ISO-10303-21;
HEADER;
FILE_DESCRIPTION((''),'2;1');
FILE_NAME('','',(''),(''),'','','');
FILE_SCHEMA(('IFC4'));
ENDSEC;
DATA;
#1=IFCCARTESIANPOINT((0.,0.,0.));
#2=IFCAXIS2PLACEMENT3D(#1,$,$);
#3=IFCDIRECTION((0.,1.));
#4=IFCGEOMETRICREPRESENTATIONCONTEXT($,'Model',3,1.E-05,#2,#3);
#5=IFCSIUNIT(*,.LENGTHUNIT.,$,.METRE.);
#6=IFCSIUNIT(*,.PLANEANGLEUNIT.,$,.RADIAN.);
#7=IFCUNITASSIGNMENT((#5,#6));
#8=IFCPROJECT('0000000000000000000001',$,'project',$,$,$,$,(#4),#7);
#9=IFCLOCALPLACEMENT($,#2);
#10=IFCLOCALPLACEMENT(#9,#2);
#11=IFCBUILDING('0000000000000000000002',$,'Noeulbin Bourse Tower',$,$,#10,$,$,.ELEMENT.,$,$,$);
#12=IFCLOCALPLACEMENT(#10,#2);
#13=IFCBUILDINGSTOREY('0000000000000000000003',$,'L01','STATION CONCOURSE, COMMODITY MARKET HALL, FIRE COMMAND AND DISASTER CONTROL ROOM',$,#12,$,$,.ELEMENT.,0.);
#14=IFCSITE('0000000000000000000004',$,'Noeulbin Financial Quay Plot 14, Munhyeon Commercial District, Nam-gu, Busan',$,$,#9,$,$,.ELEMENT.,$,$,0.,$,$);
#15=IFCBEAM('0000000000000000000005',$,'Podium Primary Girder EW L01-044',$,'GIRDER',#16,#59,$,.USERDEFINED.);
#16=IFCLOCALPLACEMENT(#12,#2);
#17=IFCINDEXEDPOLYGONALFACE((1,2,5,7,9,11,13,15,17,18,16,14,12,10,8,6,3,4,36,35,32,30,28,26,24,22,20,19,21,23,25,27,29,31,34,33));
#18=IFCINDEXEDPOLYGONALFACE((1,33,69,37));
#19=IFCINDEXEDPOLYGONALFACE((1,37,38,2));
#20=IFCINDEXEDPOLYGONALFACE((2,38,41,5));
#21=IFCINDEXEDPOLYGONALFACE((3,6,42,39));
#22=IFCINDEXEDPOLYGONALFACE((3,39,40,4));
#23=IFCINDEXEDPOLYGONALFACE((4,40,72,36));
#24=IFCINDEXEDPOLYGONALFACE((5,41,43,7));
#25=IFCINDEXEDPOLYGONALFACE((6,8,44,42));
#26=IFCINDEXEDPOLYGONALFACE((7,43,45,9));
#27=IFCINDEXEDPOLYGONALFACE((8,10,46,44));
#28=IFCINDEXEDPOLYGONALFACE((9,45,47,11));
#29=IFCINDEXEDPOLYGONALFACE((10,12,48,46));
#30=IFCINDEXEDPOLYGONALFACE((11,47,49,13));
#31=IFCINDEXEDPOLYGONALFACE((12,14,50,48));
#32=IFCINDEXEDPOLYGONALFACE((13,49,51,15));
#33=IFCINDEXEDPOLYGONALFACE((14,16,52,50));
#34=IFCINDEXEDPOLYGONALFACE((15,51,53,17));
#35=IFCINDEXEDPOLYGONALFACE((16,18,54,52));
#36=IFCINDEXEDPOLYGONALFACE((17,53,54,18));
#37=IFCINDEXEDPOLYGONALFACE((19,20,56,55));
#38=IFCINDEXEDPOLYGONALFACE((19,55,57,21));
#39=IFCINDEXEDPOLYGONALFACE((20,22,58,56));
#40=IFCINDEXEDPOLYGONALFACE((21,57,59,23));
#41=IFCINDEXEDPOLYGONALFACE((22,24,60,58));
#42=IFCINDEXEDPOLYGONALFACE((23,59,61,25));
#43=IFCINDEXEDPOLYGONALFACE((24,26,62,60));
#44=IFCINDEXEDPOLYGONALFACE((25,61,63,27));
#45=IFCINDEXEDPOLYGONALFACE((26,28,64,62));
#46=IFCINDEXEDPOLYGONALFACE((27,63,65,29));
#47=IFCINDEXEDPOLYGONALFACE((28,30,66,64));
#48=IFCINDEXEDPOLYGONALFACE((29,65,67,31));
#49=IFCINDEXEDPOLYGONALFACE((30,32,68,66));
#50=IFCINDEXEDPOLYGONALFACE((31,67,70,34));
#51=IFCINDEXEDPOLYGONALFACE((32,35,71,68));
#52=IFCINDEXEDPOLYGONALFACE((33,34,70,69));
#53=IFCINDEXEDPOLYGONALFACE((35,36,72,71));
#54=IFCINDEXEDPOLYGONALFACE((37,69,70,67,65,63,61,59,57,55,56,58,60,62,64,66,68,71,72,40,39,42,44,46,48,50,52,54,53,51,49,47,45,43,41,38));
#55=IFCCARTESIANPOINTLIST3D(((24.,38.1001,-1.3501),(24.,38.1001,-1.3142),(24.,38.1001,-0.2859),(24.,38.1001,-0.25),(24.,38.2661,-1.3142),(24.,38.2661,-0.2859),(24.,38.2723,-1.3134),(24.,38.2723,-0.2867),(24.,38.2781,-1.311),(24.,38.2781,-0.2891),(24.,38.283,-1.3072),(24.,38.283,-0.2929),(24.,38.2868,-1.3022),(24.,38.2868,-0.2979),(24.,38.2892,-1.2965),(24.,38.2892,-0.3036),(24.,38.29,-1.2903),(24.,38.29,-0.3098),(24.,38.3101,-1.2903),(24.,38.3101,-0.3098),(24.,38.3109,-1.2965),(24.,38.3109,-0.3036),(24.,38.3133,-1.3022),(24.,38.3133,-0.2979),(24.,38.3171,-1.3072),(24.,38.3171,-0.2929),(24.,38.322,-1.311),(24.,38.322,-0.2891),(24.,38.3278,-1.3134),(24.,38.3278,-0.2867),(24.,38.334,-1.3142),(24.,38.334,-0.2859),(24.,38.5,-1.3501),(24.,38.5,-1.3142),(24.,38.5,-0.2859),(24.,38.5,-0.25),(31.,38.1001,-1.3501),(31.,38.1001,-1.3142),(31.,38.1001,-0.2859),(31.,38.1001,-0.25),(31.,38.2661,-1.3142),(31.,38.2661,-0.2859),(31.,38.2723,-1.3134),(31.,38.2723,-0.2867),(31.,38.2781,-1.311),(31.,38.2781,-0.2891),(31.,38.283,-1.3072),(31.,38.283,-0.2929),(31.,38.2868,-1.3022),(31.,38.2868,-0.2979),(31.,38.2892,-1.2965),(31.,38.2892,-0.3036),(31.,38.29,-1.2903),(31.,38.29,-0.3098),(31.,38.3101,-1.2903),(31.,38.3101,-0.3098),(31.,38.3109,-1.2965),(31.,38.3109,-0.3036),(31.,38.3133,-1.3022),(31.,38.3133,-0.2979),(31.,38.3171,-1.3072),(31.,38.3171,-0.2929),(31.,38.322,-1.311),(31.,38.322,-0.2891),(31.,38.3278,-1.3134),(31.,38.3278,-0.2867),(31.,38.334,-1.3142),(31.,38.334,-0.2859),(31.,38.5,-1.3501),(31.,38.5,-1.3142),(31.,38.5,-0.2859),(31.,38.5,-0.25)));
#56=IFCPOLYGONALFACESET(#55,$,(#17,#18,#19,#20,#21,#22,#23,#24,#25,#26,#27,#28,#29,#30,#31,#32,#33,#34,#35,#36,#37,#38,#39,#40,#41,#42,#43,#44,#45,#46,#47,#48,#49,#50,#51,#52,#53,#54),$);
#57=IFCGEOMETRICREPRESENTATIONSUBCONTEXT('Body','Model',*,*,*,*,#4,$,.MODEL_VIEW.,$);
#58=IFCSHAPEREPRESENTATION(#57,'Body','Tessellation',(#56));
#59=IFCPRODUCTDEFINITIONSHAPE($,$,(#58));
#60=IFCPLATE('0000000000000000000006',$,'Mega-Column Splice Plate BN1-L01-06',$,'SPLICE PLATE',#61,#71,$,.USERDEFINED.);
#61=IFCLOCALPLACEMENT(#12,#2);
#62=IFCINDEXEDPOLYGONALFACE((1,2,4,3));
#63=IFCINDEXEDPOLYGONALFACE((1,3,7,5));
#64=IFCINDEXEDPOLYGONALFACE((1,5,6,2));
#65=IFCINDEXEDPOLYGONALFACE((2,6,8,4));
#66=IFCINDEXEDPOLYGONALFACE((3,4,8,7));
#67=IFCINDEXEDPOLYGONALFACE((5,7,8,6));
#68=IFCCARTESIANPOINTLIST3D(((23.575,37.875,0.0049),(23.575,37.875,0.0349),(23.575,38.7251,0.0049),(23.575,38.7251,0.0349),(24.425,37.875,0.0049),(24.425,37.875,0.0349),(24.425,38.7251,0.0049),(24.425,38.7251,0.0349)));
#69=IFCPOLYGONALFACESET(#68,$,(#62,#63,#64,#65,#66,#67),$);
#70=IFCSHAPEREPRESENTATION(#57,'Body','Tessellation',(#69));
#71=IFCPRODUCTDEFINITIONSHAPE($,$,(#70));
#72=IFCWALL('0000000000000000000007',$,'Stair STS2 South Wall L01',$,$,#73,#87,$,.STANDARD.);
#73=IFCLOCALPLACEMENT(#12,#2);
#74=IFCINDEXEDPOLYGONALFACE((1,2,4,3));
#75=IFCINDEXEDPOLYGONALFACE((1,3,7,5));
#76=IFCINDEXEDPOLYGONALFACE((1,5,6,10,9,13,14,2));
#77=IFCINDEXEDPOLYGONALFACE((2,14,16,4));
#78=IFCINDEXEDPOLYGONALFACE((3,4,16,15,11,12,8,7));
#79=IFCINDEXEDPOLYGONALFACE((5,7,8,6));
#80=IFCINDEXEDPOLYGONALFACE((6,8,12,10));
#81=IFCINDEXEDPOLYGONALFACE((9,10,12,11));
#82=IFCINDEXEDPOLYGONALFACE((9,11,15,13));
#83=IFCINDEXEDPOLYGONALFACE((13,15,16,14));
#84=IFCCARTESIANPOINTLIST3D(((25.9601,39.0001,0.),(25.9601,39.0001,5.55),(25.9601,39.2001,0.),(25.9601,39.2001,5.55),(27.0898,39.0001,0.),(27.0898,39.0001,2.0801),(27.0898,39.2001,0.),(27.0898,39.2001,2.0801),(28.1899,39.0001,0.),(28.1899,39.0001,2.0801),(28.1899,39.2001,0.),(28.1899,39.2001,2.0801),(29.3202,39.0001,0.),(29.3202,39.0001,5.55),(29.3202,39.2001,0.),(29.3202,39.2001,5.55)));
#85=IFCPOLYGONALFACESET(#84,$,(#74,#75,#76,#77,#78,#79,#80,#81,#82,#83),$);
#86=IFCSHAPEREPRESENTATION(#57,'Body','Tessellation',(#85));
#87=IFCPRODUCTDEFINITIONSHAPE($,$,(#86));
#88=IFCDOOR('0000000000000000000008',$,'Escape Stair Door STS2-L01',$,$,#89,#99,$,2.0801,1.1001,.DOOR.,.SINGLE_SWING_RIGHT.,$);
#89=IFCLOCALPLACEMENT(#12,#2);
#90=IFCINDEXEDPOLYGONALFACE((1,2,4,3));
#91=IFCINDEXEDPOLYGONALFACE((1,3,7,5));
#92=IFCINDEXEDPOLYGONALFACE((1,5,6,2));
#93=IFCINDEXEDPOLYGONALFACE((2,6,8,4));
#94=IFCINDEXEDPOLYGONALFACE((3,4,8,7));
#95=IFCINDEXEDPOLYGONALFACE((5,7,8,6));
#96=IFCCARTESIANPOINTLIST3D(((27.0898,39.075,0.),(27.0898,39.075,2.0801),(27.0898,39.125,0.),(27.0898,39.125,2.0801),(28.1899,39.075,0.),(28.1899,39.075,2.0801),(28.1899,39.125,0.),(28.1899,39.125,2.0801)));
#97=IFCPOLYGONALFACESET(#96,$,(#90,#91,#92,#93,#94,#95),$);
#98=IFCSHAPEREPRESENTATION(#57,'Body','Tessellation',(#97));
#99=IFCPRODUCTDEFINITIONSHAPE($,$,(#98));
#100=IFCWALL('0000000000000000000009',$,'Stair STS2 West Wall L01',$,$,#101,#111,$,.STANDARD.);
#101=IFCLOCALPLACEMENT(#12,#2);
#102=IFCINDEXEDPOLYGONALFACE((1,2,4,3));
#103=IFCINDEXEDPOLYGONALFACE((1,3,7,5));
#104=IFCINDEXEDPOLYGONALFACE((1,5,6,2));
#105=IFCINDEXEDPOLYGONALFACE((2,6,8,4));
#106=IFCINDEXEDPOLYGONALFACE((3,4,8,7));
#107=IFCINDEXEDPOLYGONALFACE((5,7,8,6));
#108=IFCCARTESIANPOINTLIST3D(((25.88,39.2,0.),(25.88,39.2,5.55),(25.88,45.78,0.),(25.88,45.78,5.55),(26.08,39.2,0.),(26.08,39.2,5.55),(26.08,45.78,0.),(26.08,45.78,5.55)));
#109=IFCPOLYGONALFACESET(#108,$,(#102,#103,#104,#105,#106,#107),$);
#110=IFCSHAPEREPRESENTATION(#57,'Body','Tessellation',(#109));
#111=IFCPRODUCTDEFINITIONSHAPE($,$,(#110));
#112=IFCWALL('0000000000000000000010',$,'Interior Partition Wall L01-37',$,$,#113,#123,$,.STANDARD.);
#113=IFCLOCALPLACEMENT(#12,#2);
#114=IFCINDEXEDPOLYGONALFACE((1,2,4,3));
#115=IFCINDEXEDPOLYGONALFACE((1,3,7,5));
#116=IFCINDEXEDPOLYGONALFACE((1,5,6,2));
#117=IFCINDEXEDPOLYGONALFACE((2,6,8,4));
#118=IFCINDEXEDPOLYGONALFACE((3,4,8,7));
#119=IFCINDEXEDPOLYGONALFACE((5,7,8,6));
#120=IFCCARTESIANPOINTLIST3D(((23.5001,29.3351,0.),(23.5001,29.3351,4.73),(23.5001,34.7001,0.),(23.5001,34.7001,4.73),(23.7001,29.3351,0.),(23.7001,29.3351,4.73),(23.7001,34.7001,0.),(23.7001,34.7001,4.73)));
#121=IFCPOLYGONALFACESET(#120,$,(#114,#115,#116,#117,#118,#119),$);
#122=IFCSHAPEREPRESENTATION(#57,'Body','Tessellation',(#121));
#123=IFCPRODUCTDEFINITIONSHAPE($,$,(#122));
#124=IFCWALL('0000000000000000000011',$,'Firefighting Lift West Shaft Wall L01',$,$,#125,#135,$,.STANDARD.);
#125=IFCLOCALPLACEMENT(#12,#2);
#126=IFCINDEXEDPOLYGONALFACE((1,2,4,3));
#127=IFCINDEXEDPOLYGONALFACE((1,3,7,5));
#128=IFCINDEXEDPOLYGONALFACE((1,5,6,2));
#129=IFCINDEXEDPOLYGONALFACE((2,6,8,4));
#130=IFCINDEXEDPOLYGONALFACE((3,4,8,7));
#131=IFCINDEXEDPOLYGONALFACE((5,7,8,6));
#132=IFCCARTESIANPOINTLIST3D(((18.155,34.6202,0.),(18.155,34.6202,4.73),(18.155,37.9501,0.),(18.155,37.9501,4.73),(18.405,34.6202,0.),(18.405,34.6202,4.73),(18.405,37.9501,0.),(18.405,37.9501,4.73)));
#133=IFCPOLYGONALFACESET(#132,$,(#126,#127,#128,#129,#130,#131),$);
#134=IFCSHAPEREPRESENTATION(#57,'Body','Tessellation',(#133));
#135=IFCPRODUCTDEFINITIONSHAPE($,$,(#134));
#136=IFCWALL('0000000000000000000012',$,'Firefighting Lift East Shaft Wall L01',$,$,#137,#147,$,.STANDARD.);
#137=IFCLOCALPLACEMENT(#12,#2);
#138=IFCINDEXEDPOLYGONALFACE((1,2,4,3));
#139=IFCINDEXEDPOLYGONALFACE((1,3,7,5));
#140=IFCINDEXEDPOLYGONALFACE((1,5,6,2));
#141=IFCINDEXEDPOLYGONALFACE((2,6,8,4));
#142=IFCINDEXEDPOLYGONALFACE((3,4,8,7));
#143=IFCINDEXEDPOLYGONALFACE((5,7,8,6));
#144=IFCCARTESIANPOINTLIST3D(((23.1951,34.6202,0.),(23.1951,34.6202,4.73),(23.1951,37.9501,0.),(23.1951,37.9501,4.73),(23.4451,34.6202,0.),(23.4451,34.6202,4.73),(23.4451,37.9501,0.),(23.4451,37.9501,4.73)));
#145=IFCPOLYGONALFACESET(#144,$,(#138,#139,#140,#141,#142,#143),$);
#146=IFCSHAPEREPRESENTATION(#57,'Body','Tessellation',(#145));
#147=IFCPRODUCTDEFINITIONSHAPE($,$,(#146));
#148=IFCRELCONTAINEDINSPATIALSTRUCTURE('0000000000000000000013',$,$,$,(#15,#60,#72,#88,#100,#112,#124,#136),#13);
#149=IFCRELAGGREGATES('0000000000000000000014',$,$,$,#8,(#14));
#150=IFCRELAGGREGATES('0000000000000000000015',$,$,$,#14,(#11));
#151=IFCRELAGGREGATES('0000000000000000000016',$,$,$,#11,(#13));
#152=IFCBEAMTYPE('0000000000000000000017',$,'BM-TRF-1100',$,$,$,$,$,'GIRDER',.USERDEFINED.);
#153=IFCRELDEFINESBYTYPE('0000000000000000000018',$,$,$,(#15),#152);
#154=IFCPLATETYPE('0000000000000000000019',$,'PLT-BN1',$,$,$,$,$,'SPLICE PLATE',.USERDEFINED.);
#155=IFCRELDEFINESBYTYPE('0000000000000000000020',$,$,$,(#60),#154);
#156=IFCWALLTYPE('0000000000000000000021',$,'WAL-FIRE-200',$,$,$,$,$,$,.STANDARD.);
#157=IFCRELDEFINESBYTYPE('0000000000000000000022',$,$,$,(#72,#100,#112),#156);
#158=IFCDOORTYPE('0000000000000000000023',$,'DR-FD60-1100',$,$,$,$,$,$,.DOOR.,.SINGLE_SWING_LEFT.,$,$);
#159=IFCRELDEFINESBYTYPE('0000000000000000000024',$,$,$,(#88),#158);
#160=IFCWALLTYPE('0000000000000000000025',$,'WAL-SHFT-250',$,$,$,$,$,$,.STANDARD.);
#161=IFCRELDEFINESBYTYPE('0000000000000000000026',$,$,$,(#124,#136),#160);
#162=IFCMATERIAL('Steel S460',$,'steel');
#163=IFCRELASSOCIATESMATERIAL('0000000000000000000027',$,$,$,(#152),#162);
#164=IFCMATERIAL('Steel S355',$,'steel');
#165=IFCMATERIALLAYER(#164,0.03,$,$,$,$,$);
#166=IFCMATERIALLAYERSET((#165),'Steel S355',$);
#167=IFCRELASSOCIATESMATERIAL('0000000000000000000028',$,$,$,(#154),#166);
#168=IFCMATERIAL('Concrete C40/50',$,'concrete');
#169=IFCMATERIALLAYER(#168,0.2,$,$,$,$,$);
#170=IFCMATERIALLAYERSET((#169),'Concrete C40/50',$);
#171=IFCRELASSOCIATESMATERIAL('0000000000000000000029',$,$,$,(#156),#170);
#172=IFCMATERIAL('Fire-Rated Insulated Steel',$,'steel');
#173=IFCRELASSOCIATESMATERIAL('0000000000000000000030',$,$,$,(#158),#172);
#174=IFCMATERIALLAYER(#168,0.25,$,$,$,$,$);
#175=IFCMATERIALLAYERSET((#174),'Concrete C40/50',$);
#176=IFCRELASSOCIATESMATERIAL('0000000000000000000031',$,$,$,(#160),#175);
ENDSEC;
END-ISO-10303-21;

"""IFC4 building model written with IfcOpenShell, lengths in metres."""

from ifc_helpers import new_model, si_unit, direction, frame, frame_2d, origin, origin_2d, place, context, subcontext, project, spatial, rectangle, i_section, extrude, material, layer, layer_set, material_profile, profile_set, type_object, element, fill, save


model = new_model("IFC4")

# Units and contexts
model_context = context("Model", 3, precision=1e-05, world=origin(), true_north=direction((0.0, 1.0)))
body_context = subcontext(model_context, "Body", "Model", "MODEL_VIEW")
ifc_project = project(units=[si_unit("LENGTHUNIT", "METRE"), si_unit("PLANEANGLEUNIT", "RADIAN")], contexts=[model_context])

# Site, building, storey
site_placement = place(None, origin())
site = spatial("IfcSite", under=ifc_project, at=site_placement, Name="Noeulbin Financial Quay Plot 14, Munhyeon Commercial District, Nam-gu, Busan", CompositionType="ELEMENT", RefElevation=0.0)
building_placement = place(site_placement, origin())
building = spatial("IfcBuilding", under=site, at=building_placement, Name="Noeulbin Bourse Tower", CompositionType="ELEMENT")
storey_placement = place(building_placement, origin())
storey = spatial("IfcBuildingStorey", under=building, at=storey_placement, Name="L01", Description="STATION CONCOURSE, COMMODITY MARKET HALL, FIRE COMMAND AND DISASTER CONTROL ROOM", CompositionType="ELEMENT", Elevation=0.0)

# Shared definitions
ifc_material_1 = material(Name="Steel S460", Category="steel")

# Beam
ifc_material_2 = material(Name="Steel S355", Category="steel")
ifc_material_profile_1 = material_profile(ifc_material_1, i_section(OverallWidth=0.3999, OverallDepth=1.1001, WebThickness=0.02, FlangeThickness=0.0359, FilletRadius=0.0239, at=origin_2d()), Name="PG-1100x400x20x36", Category="LoadBearing")
ifc_profile_set_1 = profile_set([ifc_material_profile_1], Name="Steel S460")
beam_type_1 = type_object("IfcBeamType", Name="BM-TRF-1100", ElementType="GIRDER", PredefinedType="USERDEFINED", material=ifc_profile_set_1)
beam_1_placement = place(storey_placement, frame((24.0, 38.3, -0.8), z_axis=(1.0, 0.0, 0.0), x_axis=(0.0, 1.0, 0.0)))
element("IfcBeam", 1, at=beam_1_placement, inside=storey, type_object=beam_type_1, Name="Podium Primary Girder EW L01-044", ObjectType="GIRDER", PredefinedType="USERDEFINED", context=body_context, shape_type="SweptSolid", body=[
    extrude(i_section(OverallWidth=0.3999, OverallDepth=1.1001, WebThickness=0.02, FlangeThickness=0.0359, FilletRadius=0.0239, at=origin_2d()), origin(), (0.0, 0.0, 1.0), 7.0),
])

# Plate
ifc_layer_1 = layer(ifc_material_2, 0.03)
ifc_layer_set_1 = layer_set([ifc_layer_1], Name="Steel S355")
plate_type = type_object("IfcPlateType", Name="PLT-BN1", ElementType="SPLICE PLATE", PredefinedType="USERDEFINED", material=ifc_layer_set_1)
plate_placement = place(storey_placement, frame((24.0, 38.3, 0.0049), z_axis=(0.0, 0.0, 1.0), x_axis=(1.0, 0.0, 0.0)))
element("IfcPlate", 2, at=plate_placement, inside=storey, type_object=plate_type, Name="Mega-Column Splice Plate BN1-L01-06", ObjectType="SPLICE PLATE", PredefinedType="USERDEFINED", context=body_context, shape_type="SweptSolid", body=[
    extrude(rectangle(XDim=0.8501, YDim=0.8501, at=origin_2d()), origin(), (0.0, 0.0, 1.0), 0.03),
])

# Wall, opening, door
ifc_material_3 = material(Name="Concrete C40/50", Category="concrete")
ifc_layer_2 = layer(ifc_material_3, 0.2)
ifc_layer_set_2 = layer_set([ifc_layer_2], Name="Concrete C40/50")
wall_type_1 = type_object("IfcWallType", Name="WAL-FIRE-200", PredefinedType="STANDARD", material=ifc_layer_set_2)
wall_1_placement = place(storey_placement, frame((25.96, 39.1001, 0.0), z_axis=(0.0, 0.0, 1.0), x_axis=(1.0, 0.0, 0.0)))
wall_1 = element("IfcWall", 3, at=wall_1_placement, inside=storey, type_object=wall_type_1, Name="Stair STS2 South Wall L01", PredefinedType="STANDARD", context=body_context, shape_type="SweptSolid", body=[
    extrude(rectangle(XDim=3.3601, YDim=0.2, at=frame_2d((1.6802, 0.0))), origin(), (0.0, 0.0, 1.0), 5.55),
])
opening_1_placement = place(wall_1_placement, frame((1.1299, 0.0, 0.0)))
opening_1 = element("IfcOpeningElement", 4, at=opening_1_placement, cuts=wall_1, PredefinedType="OPENING", context=body_context, shape_type="SweptSolid", body=[
    extrude(rectangle(XDim=1.1001, YDim=2.0801, at=frame_2d((0.55, 1.04))), frame((0.0, 0.1099, 0.0), z_axis=(0.0, -1.0, 0.0), x_axis=(1.0, 0.0, 0.0)), (0.0, 0.0, 1.0), 0.22),
])
ifc_material_4 = material(Name="Fire-Rated Insulated Steel", Category="steel")
door_type_1 = type_object("IfcDoorType", Name="DR-FD60-1100", OperationType="SINGLE_SWING_LEFT", PredefinedType="DOOR", material=ifc_material_4)
door_1_placement = place(opening_1_placement, origin())
door_1 = element("IfcDoor", 5, at=door_1_placement, inside=storey, type_object=door_type_1, Name="Escape Stair Door STS2-L01", OperationType="SINGLE_SWING_RIGHT", OverallHeight=2.0801, OverallWidth=1.1001, PredefinedType="DOOR", context=body_context, shape_type="SweptSolid", body=[
    extrude(rectangle(XDim=1.1001, YDim=2.0801, at=frame_2d((0.55, 1.04))), frame((0.0, 0.0249, 0.0), z_axis=(0.0, -1.0, 0.0), x_axis=(1.0, 0.0, 0.0)), (0.0, 0.0, 1.0), 0.05),
])
fill(opening_1, door_1)

# Walls
wall_2_placement = place(storey_placement, frame((25.98, 39.2, 0.0), z_axis=(0.0, 0.0, 1.0), x_axis=(0.0, 1.0, 0.0)))
element("IfcWall", 6, at=wall_2_placement, inside=storey, type_object=wall_type_1, Name="Stair STS2 West Wall L01", PredefinedType="STANDARD", context=body_context, shape_type="SweptSolid", body=[
    extrude(rectangle(XDim=6.5801, YDim=0.2, at=frame_2d((3.29, 0.0))), origin(), (0.0, 0.0, 1.0), 5.55),
])
wall_3_placement = place(storey_placement, frame((23.6001, 29.335, 0.0), z_axis=(0.0, 0.0, 1.0), x_axis=(0.0, 1.0, 0.0)))
element("IfcWall", 7, at=wall_3_placement, inside=storey, type_object=wall_type_1, Name="Interior Partition Wall L01-37", PredefinedType="STANDARD", context=body_context, shape_type="SweptSolid", body=[
    extrude(rectangle(XDim=5.365, YDim=0.2, at=frame_2d((2.6826, 0.0))), origin(), (0.0, 0.0, 1.0), 4.73),
])
ifc_layer_3 = layer(ifc_material_3, 0.25)
ifc_layer_set_3 = layer_set([ifc_layer_3], Name="Concrete C40/50")
wall_type_2 = type_object("IfcWallType", Name="WAL-SHFT-250", PredefinedType="STANDARD", material=ifc_layer_set_3)
for number, where, z_axis, x_axis, name in (
    (8, (18.28, 34.6201, 0.0), (0.0, 0.0, 1.0), (0.0, 1.0, 0.0), "Firefighting Lift West Shaft Wall L01"),
    (9, (23.3201, 34.6201, 0.0), (0.0, 0.0, 1.0), (0.0, 1.0, 0.0), "Firefighting Lift East Shaft Wall L01"),
):
    element("IfcWall", number, at=place(storey_placement, frame(where, z_axis=z_axis, x_axis=x_axis)), inside=storey, type_object=wall_type_2, Name=name, PredefinedType="STANDARD", context=body_context, shape_type="SweptSolid", body=[
        extrude(rectangle(XDim=3.3298, YDim=0.25, at=frame_2d((1.665, 0.0))), origin(), (0.0, 0.0, 1.0), 4.73),
    ])

save(model, "model.ifc")
